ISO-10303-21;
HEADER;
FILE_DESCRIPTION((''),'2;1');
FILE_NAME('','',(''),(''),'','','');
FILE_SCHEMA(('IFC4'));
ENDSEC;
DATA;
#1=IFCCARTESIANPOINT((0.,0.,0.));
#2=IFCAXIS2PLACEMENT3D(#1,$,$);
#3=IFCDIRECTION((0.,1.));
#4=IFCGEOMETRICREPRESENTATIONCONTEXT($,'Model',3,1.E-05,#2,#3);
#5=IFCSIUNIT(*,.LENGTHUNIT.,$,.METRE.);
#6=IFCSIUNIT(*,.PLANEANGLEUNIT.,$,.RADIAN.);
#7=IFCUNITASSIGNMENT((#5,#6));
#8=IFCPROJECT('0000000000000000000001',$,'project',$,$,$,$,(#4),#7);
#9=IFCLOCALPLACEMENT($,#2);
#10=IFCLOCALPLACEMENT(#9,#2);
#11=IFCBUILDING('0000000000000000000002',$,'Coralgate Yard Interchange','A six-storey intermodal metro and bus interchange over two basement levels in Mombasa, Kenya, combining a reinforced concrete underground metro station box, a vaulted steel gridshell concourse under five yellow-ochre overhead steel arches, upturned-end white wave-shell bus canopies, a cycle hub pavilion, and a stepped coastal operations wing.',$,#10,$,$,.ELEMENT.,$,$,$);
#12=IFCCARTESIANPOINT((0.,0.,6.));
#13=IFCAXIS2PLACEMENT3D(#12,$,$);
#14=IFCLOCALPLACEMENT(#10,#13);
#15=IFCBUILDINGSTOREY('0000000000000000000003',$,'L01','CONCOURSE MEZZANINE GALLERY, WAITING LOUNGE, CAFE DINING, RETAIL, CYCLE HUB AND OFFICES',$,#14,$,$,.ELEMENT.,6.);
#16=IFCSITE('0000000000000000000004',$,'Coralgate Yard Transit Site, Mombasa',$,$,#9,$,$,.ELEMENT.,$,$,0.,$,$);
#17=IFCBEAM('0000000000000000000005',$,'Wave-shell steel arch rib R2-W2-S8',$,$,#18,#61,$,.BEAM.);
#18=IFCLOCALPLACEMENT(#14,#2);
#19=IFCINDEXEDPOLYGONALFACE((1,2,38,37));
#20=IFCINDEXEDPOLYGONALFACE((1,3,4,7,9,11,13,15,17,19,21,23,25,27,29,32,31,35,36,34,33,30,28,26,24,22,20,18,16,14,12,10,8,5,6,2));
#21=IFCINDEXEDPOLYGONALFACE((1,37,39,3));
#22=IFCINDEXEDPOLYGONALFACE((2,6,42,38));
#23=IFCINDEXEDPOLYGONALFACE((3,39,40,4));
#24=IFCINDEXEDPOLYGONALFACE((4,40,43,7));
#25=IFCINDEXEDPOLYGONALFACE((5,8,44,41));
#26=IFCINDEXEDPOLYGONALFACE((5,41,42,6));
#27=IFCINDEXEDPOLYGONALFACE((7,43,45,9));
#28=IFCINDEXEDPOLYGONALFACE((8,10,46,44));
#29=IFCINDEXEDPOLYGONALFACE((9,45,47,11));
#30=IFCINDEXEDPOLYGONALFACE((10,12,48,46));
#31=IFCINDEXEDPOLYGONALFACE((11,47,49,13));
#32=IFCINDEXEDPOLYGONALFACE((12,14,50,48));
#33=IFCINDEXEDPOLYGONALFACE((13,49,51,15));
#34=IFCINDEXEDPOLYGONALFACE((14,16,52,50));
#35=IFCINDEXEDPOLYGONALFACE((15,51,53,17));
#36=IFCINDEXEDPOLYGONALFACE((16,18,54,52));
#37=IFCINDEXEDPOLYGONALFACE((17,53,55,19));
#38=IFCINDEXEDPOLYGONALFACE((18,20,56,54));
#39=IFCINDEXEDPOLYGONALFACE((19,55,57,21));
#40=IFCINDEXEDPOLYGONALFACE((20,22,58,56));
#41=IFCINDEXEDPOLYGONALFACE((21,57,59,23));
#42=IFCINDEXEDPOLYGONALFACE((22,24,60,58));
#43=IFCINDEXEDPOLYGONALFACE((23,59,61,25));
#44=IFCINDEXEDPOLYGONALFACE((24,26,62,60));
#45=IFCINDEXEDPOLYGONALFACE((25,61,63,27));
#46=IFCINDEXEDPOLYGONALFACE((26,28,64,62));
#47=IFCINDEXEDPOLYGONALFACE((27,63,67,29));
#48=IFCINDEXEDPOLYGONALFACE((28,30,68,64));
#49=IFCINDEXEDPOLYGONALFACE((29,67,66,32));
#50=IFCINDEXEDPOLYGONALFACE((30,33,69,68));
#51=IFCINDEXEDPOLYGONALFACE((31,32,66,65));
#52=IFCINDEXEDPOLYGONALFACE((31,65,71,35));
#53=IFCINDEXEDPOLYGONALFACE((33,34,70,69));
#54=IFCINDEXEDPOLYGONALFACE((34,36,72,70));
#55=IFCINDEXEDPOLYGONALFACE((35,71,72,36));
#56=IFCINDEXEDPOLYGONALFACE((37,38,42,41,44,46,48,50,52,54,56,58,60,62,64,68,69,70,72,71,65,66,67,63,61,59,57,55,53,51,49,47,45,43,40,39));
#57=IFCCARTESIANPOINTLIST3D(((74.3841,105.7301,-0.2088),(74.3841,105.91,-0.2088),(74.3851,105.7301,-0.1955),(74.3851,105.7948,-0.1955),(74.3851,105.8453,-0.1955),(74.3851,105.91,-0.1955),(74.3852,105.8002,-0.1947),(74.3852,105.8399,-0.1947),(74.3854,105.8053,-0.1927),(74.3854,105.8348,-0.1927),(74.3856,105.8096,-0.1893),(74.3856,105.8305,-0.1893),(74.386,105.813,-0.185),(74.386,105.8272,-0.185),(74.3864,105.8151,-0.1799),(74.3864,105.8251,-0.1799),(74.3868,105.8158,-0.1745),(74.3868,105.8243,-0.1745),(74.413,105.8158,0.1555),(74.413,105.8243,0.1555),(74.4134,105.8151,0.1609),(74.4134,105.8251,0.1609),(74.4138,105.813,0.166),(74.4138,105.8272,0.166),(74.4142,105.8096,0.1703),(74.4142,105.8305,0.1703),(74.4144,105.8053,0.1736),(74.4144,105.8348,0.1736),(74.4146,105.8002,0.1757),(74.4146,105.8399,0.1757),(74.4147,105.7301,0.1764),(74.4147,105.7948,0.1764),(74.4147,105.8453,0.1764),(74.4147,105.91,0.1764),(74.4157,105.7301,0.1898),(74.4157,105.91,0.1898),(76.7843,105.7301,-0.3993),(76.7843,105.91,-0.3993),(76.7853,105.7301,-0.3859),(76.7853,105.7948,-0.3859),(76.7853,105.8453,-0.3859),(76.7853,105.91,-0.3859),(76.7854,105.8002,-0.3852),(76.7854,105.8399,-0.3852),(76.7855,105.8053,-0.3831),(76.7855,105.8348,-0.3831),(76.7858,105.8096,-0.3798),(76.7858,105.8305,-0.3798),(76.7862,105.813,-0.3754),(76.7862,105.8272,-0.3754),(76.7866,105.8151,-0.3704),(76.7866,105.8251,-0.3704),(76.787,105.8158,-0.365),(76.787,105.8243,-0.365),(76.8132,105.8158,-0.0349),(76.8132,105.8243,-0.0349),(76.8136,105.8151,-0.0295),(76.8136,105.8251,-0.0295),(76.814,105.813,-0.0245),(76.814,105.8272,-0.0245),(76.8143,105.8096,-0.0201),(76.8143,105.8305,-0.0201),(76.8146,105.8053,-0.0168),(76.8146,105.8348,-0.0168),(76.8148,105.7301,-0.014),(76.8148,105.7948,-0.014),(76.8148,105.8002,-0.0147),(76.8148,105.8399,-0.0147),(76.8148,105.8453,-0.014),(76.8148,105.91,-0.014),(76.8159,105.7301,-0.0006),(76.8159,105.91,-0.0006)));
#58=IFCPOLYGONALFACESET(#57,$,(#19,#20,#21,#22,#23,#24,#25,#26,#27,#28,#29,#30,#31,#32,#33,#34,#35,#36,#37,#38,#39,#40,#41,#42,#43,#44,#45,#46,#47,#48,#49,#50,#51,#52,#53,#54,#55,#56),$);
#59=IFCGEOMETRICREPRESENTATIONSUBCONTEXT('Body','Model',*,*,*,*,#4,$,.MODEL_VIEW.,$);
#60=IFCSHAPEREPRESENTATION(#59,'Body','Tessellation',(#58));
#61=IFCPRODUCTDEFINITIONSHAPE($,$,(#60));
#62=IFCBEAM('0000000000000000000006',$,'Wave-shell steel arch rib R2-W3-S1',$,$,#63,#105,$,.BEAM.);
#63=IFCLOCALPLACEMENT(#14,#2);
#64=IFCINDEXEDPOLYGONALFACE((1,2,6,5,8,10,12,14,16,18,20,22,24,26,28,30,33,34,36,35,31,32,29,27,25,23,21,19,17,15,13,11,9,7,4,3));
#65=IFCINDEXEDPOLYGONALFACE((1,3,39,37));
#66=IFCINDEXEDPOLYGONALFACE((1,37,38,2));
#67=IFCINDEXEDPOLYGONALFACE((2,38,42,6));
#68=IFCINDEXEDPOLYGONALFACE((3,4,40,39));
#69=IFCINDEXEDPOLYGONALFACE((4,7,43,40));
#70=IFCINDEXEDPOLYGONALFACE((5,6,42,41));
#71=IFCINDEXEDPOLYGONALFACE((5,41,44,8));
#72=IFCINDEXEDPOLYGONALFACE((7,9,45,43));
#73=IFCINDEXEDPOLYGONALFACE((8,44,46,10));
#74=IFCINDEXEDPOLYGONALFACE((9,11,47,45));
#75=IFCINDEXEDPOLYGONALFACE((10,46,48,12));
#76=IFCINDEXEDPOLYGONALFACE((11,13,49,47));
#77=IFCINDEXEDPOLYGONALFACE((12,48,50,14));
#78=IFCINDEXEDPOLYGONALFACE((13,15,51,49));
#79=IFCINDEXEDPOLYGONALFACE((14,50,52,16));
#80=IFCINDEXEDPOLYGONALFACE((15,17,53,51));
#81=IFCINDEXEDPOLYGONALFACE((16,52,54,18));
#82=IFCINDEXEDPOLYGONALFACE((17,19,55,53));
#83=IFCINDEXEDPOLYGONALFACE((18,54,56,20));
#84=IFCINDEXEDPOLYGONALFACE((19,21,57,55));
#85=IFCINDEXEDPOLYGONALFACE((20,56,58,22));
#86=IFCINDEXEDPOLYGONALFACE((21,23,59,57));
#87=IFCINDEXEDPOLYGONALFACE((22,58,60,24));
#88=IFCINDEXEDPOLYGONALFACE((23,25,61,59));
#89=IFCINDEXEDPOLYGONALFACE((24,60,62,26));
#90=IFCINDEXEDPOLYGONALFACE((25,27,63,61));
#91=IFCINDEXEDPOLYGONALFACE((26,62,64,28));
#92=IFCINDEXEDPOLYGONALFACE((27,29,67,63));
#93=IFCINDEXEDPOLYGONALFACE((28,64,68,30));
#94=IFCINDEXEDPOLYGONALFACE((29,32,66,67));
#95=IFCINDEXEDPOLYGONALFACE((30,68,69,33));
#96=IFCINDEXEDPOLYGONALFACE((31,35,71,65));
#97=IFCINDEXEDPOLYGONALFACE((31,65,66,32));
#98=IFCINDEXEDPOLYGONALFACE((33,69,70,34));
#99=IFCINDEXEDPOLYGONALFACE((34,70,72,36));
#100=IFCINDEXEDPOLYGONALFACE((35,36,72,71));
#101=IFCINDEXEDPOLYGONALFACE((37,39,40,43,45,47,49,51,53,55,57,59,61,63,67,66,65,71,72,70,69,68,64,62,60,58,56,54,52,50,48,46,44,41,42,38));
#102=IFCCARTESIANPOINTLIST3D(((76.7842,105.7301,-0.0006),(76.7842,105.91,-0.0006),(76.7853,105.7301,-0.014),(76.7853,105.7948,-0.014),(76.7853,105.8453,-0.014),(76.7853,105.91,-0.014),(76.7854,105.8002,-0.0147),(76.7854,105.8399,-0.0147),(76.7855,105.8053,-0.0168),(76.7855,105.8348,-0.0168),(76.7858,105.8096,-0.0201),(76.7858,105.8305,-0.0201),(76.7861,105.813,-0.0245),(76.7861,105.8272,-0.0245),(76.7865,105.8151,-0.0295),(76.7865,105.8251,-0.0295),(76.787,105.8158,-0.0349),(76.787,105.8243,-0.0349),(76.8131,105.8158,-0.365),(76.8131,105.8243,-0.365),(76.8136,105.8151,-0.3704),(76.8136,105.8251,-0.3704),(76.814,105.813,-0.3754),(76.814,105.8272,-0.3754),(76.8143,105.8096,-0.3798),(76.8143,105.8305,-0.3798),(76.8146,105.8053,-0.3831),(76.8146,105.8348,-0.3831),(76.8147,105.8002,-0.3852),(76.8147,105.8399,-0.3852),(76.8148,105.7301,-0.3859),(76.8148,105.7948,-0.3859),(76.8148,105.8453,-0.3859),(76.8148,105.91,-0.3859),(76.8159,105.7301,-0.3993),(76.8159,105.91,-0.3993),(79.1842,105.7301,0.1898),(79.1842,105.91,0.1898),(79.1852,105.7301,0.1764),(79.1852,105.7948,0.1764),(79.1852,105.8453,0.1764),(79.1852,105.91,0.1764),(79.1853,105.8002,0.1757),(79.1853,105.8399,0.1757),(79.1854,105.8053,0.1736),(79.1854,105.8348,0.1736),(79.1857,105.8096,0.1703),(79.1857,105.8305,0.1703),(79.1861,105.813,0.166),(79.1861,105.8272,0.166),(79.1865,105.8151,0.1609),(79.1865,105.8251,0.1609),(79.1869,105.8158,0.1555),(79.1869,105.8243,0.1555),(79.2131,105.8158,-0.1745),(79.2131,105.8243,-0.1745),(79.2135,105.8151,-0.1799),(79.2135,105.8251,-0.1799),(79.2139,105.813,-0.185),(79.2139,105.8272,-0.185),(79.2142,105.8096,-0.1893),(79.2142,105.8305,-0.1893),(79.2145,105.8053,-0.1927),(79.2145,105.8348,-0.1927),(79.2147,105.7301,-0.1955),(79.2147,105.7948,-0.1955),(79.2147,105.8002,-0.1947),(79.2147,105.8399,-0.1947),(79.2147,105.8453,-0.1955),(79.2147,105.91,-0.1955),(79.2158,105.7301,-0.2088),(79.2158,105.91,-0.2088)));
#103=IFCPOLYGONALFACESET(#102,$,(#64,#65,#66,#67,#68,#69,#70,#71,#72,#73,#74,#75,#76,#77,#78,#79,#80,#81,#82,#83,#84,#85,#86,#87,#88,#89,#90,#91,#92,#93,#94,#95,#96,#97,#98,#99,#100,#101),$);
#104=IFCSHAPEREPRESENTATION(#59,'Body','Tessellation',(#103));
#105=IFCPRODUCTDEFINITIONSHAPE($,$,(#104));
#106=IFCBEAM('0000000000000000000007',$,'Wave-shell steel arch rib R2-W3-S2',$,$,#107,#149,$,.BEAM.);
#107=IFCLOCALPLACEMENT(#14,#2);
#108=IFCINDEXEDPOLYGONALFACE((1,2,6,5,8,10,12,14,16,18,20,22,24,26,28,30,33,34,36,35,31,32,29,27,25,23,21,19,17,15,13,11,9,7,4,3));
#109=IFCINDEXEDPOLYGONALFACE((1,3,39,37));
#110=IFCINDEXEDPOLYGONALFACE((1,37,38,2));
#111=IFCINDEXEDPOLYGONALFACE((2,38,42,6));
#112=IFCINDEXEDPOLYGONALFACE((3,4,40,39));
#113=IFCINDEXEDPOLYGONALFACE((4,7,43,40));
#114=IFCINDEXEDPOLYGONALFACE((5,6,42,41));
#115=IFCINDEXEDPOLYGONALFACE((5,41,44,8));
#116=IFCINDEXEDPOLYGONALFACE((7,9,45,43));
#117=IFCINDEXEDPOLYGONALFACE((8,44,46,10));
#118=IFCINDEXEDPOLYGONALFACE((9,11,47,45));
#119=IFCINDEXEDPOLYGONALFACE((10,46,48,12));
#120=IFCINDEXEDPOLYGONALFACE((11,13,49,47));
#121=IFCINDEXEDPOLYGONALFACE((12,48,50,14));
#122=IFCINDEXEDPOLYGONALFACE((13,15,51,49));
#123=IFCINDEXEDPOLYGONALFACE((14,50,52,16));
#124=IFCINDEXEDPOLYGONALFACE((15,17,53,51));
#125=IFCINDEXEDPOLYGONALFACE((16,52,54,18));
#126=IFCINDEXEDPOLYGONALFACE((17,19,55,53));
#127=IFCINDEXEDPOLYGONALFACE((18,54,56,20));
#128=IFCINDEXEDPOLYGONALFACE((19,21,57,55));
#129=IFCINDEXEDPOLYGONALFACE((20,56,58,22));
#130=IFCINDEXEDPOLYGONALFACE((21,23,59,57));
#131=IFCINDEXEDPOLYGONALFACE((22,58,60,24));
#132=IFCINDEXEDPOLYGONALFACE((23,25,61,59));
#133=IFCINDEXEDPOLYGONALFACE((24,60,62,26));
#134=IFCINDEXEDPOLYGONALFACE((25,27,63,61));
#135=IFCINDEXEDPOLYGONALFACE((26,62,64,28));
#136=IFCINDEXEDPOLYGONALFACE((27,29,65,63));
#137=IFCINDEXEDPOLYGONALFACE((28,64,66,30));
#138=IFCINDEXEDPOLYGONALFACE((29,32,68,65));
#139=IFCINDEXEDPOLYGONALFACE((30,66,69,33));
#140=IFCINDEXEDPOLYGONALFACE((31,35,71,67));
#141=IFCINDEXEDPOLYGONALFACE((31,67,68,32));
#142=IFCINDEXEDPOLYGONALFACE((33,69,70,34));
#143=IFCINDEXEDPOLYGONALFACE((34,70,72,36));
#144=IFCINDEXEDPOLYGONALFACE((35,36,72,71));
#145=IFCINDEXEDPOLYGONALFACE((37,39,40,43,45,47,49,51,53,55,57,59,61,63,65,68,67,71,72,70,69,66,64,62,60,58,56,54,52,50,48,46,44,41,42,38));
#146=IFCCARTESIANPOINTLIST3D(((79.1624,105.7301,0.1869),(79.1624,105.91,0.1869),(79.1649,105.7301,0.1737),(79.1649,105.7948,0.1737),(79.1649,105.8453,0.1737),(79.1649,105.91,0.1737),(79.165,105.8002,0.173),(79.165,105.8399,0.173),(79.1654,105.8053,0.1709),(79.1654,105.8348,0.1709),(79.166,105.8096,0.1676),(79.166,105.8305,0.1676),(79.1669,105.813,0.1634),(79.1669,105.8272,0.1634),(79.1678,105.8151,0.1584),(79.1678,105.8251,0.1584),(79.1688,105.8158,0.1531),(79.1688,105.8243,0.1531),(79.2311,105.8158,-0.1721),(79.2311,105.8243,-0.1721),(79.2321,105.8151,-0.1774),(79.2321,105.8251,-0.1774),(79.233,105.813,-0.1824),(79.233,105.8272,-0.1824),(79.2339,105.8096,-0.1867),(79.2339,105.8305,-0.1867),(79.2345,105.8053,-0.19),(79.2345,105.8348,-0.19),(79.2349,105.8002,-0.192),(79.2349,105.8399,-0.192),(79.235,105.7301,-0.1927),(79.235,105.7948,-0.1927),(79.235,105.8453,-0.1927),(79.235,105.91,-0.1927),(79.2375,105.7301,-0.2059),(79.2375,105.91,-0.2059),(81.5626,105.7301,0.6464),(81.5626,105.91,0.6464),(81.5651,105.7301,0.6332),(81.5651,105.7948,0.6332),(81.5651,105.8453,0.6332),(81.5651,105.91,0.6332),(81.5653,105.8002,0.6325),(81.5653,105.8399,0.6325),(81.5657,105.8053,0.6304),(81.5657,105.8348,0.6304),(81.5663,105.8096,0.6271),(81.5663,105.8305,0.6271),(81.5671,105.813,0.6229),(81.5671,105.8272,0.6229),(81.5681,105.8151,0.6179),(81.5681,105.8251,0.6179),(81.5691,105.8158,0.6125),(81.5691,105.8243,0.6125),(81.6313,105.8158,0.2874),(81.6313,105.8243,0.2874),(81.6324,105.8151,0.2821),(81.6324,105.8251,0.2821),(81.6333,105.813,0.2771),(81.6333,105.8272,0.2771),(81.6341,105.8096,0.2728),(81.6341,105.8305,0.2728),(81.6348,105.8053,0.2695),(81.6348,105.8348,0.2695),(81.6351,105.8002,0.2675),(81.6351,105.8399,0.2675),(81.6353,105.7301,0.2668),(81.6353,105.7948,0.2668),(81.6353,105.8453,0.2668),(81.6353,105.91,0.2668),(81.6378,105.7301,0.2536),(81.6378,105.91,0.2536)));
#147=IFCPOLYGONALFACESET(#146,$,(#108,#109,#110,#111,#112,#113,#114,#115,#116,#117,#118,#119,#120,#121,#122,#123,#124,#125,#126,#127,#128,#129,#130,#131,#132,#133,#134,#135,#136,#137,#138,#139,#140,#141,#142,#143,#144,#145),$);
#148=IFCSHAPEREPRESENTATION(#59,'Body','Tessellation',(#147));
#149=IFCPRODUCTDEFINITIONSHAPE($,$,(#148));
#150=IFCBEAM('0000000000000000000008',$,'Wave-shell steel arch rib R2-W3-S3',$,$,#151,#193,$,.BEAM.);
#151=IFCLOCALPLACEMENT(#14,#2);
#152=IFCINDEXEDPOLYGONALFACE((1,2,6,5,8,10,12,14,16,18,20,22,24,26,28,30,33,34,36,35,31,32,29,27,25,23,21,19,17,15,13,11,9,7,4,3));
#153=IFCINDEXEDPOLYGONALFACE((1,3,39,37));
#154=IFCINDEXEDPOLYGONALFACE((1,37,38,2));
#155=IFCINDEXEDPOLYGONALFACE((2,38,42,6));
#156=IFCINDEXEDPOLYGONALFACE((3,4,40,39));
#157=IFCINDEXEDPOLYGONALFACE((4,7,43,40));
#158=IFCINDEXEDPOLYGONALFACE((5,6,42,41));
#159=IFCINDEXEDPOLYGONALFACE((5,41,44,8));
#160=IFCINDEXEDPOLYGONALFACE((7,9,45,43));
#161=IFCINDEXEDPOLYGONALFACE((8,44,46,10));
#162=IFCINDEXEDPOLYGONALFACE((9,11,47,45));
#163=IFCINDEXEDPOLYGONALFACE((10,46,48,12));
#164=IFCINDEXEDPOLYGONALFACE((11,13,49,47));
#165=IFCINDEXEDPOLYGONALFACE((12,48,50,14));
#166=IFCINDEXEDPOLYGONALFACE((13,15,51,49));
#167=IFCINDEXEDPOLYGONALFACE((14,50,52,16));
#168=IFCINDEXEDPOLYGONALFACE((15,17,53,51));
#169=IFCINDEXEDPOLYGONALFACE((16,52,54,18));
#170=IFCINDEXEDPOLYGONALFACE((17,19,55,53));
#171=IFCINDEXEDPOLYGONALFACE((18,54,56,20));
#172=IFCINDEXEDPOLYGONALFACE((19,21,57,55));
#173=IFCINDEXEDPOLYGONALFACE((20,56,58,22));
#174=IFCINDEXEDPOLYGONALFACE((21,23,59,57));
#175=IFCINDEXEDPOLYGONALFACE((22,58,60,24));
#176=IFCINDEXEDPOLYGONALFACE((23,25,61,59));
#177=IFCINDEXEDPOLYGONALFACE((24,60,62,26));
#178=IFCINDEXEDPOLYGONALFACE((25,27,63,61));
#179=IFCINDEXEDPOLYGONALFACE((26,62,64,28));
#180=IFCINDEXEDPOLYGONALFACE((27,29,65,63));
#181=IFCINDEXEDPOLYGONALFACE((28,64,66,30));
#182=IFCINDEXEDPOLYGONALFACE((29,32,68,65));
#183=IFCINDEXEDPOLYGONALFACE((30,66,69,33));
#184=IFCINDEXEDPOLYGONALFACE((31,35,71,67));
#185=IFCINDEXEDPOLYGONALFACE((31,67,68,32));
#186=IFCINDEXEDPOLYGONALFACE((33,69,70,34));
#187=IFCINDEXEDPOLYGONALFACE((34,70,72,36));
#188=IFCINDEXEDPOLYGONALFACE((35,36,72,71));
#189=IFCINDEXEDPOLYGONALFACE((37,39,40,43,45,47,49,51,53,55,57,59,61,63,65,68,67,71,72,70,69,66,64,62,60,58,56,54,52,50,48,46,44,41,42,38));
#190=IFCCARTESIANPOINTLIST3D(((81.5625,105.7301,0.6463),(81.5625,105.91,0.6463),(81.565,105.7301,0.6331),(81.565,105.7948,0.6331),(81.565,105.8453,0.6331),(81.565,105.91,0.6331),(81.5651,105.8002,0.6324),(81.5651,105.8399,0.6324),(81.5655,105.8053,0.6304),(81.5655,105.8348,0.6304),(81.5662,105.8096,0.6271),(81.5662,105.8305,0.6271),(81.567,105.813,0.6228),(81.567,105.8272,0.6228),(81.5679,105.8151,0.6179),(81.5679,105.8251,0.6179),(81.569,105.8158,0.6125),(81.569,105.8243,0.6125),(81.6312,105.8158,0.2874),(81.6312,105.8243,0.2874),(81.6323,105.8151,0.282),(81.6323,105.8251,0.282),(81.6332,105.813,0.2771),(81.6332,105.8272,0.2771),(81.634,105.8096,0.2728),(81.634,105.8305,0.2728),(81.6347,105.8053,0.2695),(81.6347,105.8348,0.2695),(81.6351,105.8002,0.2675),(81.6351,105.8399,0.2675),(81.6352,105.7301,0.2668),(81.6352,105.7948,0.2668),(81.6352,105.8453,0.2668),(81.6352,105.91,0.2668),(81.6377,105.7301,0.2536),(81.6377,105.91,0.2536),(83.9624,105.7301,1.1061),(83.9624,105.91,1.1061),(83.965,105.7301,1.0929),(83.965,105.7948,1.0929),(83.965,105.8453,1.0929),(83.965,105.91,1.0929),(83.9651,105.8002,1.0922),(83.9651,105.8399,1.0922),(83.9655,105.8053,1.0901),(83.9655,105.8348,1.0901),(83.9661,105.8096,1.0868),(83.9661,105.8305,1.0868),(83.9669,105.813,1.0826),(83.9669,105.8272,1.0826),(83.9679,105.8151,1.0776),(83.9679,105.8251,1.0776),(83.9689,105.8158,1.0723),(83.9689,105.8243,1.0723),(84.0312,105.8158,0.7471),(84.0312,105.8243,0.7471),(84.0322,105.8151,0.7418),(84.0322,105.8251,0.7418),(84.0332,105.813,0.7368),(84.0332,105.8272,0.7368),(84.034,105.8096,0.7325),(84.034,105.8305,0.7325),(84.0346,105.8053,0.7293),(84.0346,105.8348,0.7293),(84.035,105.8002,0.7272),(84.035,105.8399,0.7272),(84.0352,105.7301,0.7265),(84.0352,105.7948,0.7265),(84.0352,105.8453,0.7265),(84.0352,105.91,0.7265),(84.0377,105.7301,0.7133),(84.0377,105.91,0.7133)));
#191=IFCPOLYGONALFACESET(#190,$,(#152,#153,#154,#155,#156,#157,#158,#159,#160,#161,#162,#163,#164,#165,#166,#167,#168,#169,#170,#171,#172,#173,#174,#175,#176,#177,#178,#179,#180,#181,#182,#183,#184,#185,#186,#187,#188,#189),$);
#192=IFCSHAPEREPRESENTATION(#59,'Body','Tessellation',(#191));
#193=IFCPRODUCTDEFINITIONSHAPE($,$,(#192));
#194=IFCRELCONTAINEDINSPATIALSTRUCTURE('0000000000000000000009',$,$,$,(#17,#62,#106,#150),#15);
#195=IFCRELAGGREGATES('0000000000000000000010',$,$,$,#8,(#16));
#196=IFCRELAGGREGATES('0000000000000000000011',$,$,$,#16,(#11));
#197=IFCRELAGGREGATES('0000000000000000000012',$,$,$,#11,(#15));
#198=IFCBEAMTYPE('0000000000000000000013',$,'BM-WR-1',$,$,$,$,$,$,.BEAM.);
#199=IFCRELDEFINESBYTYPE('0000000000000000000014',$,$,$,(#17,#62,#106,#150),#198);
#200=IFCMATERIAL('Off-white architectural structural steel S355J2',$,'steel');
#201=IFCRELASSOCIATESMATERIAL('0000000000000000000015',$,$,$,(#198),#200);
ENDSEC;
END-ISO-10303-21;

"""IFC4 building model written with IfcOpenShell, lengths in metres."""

from ifc_helpers import new_model, si_unit, direction, frame, origin, origin_2d, place, context, subcontext, project, spatial, i_section, extrude, material, material_profile, profile_set, type_object, element, save


model = new_model("IFC4")

# Units and contexts
model_context = context("Model", 3, precision=1e-05, world=origin(), true_north=direction((0.0, 1.0)))
body_context = subcontext(model_context, "Body", "Model", "MODEL_VIEW")
ifc_project = project(units=[si_unit("LENGTHUNIT", "METRE"), si_unit("PLANEANGLEUNIT", "RADIAN")], contexts=[model_context])

# Site, building, storey
site_placement = place(None, origin())
site = spatial("IfcSite", under=ifc_project, at=site_placement, Name="Coralgate Yard Transit Site, Mombasa", CompositionType="ELEMENT", RefElevation=0.0)
building_placement = place(site_placement, origin())
building = spatial("IfcBuilding", under=site, at=building_placement, Name="Coralgate Yard Interchange", Description="A six-storey intermodal metro and bus interchange over two basement levels in Mombasa, Kenya, combining a reinforced concrete underground metro station box, a vaulted steel gridshell concourse under five yellow-ochre overhead steel arches, upturned-end white wave-shell bus canopies, a cycle hub pavilion, and a stepped coastal operations wing.", CompositionType="ELEMENT")
storey_placement = place(building_placement, frame((0.0, 0.0, 6.0)))
storey = spatial("IfcBuildingStorey", under=building, at=storey_placement, Name="L01", Description="CONCOURSE MEZZANINE GALLERY, WAITING LOUNGE, CAFE DINING, RETAIL, CYCLE HUB AND OFFICES", CompositionType="ELEMENT", Elevation=6.0)

# Beams
ifc_material_1 = material(Name="Off-white architectural structural steel S355J2", Category="steel")
ifc_material_profile_1 = material_profile(ifc_material_1, i_section(OverallWidth=0.1799, OverallDepth=0.3999, WebThickness=0.0085, FlangeThickness=0.0134, FilletRadius=0.021, at=origin_2d()), Name="IPE 400")
ifc_profile_set_1 = profile_set([ifc_material_profile_1], Name="Off-white architectural structural steel S355J2")
beam_type_1 = type_object("IfcBeamType", Name="BM-WR-1", PredefinedType="BEAM", material=ifc_profile_set_1)
beam_1_placement = place(storey_placement, frame((74.3999, 105.8201, -0.0095), z_axis=(0.996867, 0.0, -0.079092), x_axis=(0.0, 1.0, 0.0)))
element("IfcBeam", 1, at=beam_1_placement, inside=storey, type_object=beam_type_1, Name="Wave-shell steel arch rib R2-W2-S8", PredefinedType="BEAM", context=body_context, shape_type="SweptSolid", body=[
    extrude(i_section(OverallWidth=0.1799, OverallDepth=0.3999, WebThickness=0.0085, FlangeThickness=0.0134, FilletRadius=0.021, at=origin_2d()), origin(), (0.0, 0.0, 1.0), 2.4077),
])
beam_2_placement = place(storey_placement, frame((76.8, 105.8201, -0.2), z_axis=(0.996867, 0.0, 0.0791), x_axis=(0.0, 1.0, 0.0)))
element("IfcBeam", 2, at=beam_2_placement, inside=storey, type_object=beam_type_1, Name="Wave-shell steel arch rib R2-W3-S1", PredefinedType="BEAM", context=body_context, shape_type="SweptSolid", body=[
    extrude(i_section(OverallWidth=0.1799, OverallDepth=0.3999, WebThickness=0.0085, FlangeThickness=0.0134, FilletRadius=0.021, at=origin_2d()), origin(), (0.0, 0.0, 1.0), 2.4075),
])
beam_3_placement = place(storey_placement, frame((79.2, 105.8201, -0.0095), z_axis=(0.982165, 0.0, 0.188021), x_axis=(0.0, 1.0, 0.0)))
element("IfcBeam", 3, at=beam_3_placement, inside=storey, type_object=beam_type_1, Name="Wave-shell steel arch rib R2-W3-S2", PredefinedType="BEAM", context=body_context, shape_type="SweptSolid", body=[
    extrude(i_section(OverallWidth=0.1799, OverallDepth=0.3999, WebThickness=0.0085, FlangeThickness=0.0134, FilletRadius=0.021, at=origin_2d()), origin(), (0.0, 0.0, 1.0), 2.4438),
])
beam_4_placement = place(storey_placement, frame((81.6001, 105.8201, 0.45), z_axis=(0.982143, 0.0, 0.188136), x_axis=(0.0, 1.0, 0.0)))
element("IfcBeam", 4, at=beam_4_placement, inside=storey, type_object=beam_type_1, Name="Wave-shell steel arch rib R2-W3-S3", PredefinedType="BEAM", context=body_context, shape_type="SweptSolid", body=[
    extrude(i_section(OverallWidth=0.1799, OverallDepth=0.3999, WebThickness=0.0085, FlangeThickness=0.0134, FilletRadius=0.021, at=origin_2d()), origin(), (0.0, 0.0, 1.0), 2.4436),
])

save(model, "model.ifc")
